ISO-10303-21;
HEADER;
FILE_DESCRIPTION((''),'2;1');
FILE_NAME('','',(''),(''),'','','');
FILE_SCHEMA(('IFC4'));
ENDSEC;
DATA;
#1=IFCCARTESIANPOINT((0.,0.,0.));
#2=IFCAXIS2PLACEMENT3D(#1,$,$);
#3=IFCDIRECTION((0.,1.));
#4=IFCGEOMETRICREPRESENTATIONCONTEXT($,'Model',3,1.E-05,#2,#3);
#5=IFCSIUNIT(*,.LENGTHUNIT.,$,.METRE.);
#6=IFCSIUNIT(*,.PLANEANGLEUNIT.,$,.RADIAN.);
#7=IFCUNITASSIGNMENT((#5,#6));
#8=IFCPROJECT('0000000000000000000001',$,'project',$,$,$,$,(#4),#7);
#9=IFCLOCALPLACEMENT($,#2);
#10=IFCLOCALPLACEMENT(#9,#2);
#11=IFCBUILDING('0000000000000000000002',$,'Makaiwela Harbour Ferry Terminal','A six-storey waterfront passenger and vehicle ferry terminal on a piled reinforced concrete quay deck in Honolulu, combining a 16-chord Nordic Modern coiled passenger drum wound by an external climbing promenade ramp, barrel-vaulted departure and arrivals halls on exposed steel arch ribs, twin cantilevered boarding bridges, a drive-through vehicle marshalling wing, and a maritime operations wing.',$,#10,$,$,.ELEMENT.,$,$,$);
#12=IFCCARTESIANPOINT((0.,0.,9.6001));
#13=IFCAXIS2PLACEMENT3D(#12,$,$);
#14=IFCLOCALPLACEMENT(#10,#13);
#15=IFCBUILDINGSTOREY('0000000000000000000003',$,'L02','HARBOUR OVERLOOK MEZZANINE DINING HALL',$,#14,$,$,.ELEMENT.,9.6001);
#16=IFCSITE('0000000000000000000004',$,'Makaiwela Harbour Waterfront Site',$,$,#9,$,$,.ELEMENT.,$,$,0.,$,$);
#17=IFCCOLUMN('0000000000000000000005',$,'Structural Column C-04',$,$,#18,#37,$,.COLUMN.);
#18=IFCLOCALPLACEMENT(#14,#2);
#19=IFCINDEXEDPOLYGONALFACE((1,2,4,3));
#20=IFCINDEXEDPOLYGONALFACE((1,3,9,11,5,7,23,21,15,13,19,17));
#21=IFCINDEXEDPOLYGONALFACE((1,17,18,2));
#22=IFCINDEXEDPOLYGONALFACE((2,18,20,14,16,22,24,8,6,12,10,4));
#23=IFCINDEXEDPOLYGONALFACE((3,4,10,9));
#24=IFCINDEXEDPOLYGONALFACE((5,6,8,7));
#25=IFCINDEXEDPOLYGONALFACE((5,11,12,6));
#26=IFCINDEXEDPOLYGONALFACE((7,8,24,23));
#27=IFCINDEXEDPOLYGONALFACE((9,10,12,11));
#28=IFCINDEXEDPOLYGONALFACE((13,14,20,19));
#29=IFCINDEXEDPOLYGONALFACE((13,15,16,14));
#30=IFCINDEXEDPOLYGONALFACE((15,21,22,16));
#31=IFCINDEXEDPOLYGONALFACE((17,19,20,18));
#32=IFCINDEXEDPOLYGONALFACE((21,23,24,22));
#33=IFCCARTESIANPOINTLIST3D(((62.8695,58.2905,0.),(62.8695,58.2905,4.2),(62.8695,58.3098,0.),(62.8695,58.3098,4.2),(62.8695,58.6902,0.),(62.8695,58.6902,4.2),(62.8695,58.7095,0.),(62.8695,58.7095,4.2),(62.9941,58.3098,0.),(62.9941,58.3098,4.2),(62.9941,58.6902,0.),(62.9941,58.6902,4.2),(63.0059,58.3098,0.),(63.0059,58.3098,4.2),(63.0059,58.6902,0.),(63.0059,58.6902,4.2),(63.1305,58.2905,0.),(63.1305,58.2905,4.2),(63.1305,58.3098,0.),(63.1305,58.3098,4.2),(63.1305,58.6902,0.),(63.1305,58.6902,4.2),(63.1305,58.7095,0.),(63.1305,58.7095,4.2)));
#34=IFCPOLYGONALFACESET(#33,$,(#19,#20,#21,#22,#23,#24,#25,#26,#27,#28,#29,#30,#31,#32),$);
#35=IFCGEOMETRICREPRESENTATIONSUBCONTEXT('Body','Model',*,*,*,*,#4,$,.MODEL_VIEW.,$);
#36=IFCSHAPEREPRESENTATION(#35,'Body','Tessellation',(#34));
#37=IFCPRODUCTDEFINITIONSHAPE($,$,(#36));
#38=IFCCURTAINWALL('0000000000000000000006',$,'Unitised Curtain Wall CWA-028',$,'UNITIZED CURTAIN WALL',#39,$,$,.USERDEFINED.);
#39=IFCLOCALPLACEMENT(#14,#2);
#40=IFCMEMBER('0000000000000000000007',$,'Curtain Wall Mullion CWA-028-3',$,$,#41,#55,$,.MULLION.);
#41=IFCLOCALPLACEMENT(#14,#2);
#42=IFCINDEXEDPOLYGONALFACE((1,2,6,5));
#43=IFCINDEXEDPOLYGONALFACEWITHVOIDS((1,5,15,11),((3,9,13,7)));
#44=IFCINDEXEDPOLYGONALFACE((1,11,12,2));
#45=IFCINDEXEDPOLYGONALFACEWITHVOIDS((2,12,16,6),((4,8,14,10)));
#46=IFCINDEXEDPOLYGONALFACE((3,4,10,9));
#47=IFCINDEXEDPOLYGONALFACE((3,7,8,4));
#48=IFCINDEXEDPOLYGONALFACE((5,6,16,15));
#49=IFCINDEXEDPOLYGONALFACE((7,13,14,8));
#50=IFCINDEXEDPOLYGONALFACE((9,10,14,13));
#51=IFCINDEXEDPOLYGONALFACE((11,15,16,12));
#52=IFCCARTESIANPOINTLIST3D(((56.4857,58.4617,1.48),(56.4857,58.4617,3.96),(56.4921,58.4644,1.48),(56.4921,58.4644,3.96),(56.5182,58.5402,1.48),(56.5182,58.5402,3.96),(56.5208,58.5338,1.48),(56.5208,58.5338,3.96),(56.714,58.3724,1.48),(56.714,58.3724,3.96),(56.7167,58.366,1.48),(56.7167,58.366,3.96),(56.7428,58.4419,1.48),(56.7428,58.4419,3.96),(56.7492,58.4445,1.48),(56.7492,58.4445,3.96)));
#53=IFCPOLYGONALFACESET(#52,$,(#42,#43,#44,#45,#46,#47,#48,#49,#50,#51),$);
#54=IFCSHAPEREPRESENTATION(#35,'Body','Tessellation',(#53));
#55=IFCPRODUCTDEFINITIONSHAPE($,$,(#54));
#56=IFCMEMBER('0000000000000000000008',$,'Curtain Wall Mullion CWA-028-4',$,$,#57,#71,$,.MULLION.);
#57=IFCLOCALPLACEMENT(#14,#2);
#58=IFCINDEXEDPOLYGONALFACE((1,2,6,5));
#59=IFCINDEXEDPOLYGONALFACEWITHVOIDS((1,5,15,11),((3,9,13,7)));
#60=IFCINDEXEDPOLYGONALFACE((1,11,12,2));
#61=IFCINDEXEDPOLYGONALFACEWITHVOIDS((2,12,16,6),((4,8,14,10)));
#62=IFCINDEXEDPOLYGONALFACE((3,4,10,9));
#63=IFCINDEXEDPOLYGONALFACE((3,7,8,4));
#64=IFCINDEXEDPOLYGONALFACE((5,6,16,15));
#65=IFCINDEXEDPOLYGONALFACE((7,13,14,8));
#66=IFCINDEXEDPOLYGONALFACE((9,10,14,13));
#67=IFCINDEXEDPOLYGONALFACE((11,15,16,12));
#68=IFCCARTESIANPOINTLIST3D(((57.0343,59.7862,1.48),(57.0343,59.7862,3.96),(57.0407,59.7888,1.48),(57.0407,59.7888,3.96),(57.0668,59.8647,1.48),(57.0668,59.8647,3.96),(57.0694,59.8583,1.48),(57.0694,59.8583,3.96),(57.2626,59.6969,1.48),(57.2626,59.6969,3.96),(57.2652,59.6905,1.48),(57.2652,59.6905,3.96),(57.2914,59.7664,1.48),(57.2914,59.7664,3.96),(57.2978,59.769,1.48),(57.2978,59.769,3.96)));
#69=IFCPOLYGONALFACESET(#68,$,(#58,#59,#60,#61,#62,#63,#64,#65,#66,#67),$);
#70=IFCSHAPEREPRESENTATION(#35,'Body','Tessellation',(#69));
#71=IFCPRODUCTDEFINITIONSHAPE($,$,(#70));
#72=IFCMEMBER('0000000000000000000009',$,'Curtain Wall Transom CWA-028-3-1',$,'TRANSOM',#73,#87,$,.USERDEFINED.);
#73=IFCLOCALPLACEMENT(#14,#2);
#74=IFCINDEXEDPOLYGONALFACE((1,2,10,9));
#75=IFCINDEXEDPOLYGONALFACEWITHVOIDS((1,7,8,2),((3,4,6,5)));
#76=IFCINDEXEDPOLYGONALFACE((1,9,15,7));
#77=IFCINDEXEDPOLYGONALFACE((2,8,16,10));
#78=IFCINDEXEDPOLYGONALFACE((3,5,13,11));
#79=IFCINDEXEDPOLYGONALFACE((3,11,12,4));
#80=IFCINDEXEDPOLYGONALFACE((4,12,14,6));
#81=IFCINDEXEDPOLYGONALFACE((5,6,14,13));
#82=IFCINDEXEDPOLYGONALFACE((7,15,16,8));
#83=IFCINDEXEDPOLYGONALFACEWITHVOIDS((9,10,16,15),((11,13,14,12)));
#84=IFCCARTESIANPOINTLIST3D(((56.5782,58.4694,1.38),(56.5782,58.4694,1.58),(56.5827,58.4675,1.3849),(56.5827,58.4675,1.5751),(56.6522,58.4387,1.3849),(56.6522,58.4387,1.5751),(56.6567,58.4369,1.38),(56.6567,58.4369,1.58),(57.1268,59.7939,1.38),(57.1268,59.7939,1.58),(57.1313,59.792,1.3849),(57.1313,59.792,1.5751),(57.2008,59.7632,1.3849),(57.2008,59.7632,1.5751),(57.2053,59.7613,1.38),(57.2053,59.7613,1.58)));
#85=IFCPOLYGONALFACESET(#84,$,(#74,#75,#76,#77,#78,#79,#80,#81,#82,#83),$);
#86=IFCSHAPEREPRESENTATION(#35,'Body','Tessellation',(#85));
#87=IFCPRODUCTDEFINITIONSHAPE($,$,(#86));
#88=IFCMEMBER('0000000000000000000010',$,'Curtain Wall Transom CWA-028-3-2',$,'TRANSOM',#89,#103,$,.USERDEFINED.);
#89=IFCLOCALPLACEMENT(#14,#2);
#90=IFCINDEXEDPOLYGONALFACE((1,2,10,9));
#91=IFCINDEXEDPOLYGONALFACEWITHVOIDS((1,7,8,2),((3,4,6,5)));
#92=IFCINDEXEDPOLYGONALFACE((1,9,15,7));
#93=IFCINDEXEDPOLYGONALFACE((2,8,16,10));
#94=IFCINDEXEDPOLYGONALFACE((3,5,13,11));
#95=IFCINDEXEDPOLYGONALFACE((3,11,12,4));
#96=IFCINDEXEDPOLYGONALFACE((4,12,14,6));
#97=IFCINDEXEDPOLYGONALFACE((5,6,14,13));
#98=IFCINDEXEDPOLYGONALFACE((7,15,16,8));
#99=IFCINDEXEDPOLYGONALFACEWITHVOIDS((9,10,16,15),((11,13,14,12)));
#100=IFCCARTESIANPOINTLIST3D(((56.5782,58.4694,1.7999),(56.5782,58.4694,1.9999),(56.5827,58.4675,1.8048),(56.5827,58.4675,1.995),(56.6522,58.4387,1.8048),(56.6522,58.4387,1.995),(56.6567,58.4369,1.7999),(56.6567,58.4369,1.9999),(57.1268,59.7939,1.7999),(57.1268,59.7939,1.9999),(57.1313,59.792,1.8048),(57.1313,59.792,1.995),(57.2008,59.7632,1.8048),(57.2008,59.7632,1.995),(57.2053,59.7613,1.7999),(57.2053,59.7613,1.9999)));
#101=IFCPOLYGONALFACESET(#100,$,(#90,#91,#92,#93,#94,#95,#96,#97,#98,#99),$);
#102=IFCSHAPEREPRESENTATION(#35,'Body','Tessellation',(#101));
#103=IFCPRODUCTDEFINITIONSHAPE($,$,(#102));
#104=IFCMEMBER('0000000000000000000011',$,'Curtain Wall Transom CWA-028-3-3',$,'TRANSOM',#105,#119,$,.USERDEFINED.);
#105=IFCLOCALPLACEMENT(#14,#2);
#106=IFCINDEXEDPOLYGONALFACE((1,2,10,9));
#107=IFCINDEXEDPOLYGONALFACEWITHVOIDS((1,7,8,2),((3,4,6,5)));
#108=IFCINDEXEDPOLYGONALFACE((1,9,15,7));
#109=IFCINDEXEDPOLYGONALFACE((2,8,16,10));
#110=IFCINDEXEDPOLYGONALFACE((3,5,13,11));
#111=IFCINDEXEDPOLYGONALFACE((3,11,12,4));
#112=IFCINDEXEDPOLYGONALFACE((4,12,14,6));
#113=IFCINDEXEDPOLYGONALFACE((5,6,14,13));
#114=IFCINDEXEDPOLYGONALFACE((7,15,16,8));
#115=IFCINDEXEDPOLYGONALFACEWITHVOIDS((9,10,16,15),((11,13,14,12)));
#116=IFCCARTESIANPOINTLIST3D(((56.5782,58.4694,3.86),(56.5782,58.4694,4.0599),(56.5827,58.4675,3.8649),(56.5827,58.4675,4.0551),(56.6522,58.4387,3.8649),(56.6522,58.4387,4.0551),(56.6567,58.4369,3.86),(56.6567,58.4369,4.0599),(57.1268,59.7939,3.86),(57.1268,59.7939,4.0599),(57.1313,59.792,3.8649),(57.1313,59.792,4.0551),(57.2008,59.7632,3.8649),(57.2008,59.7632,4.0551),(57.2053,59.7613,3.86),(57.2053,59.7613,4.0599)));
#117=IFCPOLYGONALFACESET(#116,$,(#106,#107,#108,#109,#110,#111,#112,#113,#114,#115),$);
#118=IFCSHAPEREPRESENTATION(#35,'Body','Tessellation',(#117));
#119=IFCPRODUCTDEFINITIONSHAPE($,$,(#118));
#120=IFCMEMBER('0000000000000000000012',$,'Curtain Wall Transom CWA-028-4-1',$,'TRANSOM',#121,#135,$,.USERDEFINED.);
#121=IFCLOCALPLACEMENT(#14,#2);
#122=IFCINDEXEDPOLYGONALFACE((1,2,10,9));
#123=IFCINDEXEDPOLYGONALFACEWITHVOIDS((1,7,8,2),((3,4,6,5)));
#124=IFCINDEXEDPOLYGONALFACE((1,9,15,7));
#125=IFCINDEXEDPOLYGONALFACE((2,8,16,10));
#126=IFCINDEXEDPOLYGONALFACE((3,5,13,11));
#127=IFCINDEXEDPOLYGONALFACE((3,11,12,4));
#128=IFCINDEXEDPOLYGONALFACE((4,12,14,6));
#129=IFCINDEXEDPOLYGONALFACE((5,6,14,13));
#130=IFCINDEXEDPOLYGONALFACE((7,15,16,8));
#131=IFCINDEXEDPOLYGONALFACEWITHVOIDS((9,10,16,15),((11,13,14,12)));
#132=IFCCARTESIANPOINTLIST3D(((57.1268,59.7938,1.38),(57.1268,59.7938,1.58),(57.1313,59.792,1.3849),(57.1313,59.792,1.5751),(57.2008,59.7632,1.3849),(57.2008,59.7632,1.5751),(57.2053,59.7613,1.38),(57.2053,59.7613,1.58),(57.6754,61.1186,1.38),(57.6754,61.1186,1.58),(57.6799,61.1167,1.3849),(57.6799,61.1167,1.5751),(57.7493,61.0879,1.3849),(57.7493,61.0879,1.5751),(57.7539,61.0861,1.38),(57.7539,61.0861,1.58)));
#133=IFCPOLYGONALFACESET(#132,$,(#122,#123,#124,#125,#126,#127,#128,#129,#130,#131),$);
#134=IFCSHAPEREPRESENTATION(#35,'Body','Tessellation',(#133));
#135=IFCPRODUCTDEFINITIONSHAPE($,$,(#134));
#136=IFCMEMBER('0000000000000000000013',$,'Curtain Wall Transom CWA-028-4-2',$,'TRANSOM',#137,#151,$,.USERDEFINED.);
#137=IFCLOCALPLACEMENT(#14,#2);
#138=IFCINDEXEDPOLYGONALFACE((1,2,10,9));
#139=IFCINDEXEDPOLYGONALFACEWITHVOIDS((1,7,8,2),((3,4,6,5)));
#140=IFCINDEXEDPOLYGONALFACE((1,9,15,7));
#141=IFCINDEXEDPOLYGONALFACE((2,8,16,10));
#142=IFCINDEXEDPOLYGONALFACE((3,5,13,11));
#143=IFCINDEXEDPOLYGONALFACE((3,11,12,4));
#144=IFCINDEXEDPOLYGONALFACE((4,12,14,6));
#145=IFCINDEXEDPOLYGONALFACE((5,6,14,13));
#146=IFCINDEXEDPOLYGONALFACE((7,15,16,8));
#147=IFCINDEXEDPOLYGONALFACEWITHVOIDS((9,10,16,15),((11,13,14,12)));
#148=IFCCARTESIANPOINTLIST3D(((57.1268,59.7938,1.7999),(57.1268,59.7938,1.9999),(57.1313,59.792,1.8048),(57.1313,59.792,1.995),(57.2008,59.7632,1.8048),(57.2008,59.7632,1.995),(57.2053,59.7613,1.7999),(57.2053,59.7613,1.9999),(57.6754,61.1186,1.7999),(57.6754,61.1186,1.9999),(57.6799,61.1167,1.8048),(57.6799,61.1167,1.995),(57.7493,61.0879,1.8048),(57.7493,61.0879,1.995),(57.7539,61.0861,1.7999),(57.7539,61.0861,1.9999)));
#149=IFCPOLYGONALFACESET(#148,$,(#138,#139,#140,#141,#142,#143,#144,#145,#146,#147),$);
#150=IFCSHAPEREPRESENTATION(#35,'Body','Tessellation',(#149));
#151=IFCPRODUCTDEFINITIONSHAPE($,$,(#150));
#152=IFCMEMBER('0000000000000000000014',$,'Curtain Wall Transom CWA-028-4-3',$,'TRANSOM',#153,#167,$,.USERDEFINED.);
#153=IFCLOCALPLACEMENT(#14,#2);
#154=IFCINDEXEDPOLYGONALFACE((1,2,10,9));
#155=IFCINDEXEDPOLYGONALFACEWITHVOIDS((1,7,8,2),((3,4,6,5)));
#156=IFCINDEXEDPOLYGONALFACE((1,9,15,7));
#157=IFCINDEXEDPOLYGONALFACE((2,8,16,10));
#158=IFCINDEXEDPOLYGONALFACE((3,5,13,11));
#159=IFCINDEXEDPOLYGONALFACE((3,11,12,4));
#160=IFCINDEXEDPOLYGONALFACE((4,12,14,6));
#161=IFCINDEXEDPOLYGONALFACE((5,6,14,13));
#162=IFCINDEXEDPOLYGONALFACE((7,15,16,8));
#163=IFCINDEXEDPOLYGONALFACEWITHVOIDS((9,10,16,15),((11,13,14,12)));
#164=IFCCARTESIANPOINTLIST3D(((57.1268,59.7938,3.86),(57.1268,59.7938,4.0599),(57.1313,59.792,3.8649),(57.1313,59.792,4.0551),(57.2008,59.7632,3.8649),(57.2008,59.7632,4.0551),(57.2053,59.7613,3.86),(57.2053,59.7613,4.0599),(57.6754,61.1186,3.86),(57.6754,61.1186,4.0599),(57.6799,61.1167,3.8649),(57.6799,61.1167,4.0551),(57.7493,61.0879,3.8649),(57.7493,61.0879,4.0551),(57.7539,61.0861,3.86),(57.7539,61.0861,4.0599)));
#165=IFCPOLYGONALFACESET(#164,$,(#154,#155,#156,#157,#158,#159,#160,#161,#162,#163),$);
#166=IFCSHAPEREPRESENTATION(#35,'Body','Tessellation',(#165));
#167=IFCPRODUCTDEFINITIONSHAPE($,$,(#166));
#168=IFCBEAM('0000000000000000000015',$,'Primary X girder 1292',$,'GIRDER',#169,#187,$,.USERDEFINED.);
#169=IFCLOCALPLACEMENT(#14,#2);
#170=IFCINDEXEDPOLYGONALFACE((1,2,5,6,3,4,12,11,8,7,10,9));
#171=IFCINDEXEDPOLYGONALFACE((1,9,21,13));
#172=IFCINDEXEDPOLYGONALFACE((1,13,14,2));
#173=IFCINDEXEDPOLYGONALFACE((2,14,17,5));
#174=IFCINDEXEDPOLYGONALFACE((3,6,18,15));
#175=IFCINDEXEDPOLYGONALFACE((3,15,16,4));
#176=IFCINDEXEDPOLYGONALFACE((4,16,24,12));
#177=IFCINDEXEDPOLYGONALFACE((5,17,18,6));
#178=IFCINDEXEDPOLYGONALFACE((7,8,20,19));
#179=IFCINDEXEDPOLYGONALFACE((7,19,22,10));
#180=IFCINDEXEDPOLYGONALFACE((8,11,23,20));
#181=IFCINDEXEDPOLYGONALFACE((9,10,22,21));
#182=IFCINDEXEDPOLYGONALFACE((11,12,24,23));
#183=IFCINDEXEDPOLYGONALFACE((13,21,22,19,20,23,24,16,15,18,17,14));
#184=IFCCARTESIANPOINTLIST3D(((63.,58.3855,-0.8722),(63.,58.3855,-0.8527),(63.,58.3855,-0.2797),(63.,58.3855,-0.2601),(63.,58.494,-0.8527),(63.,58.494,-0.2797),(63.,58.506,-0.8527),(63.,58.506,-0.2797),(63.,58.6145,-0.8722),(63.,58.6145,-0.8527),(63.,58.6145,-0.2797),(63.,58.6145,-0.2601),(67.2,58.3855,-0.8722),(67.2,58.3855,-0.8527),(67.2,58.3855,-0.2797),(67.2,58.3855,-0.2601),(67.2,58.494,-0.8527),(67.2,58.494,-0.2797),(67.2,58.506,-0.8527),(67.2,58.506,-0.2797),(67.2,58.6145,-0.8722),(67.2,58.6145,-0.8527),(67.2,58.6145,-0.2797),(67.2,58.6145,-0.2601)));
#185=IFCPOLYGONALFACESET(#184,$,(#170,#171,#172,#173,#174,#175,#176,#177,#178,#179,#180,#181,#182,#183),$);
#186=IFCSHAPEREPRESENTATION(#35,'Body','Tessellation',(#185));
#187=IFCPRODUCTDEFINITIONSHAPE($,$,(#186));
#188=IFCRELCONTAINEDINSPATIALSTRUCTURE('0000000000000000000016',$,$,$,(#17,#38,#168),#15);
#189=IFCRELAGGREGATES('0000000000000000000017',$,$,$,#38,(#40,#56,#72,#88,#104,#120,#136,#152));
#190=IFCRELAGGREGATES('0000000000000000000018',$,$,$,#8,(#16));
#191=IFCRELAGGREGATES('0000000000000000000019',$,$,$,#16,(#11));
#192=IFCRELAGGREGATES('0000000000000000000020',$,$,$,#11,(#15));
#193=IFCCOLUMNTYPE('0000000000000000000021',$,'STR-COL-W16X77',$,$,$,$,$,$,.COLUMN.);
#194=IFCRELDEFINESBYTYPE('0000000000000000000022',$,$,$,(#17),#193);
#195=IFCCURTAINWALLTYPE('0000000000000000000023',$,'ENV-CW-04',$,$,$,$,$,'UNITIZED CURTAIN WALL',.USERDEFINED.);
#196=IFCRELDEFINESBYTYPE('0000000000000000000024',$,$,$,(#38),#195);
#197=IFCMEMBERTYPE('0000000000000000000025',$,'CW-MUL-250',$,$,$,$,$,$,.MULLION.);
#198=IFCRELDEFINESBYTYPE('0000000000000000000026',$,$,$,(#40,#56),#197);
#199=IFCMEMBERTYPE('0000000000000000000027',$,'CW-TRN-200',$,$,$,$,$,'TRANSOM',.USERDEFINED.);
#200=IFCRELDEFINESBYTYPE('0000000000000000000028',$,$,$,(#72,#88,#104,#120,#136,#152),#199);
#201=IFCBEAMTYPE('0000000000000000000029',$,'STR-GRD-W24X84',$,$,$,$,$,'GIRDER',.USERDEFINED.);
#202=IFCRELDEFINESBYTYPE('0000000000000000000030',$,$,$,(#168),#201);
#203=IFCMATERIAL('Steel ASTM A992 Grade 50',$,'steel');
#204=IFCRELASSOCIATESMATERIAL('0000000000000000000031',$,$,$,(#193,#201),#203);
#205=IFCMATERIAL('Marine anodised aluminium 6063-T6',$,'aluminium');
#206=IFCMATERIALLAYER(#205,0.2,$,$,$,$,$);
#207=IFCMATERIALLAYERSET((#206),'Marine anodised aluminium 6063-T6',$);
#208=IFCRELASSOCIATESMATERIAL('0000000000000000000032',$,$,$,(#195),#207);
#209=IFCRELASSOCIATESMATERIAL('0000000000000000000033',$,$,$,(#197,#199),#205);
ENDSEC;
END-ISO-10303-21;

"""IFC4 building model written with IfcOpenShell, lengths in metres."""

from ifc_helpers import new_model, si_unit, direction, frame, origin, origin_2d, place, context, subcontext, project, spatial, hollow_rectangle, i_section, extrude, material, layer, layer_set, material_profile, profile_set, type_object, element, aggregate, save


model = new_model("IFC4")

# Units and contexts
model_context = context("Model", 3, precision=1e-05, world=origin(), true_north=direction((0.0, 1.0)))
body_context = subcontext(model_context, "Body", "Model", "MODEL_VIEW")
ifc_project = project(units=[si_unit("LENGTHUNIT", "METRE"), si_unit("PLANEANGLEUNIT", "RADIAN")], contexts=[model_context])

# Site, building, storey
site_placement = place(None, origin())
site = spatial("IfcSite", under=ifc_project, at=site_placement, Name="Makaiwela Harbour Waterfront Site", CompositionType="ELEMENT", RefElevation=0.0)
building_placement = place(site_placement, origin())
building = spatial("IfcBuilding", under=site, at=building_placement, Name="Makaiwela Harbour Ferry Terminal", Description="A six-storey waterfront passenger and vehicle ferry terminal on a piled reinforced concrete quay deck in Honolulu, combining a 16-chord Nordic Modern coiled passenger drum wound by an external climbing promenade ramp, barrel-vaulted departure and arrivals halls on exposed steel arch ribs, twin cantilevered boarding bridges, a drive-through vehicle marshalling wing, and a maritime operations wing.", CompositionType="ELEMENT")
storey_placement = place(building_placement, frame((0.0, 0.0, 9.6001)))
storey = spatial("IfcBuildingStorey", under=building, at=storey_placement, Name="L02", Description="HARBOUR OVERLOOK MEZZANINE DINING HALL", CompositionType="ELEMENT", Elevation=9.6001)

# Column
ifc_material_1 = material(Name="Steel ASTM A992 Grade 50", Category="steel")
ifc_material_profile_1 = material_profile(ifc_material_1, i_section(OverallWidth=0.261, OverallDepth=0.4189, WebThickness=0.0117, FlangeThickness=0.0193, at=origin_2d()), Name="W16X77")
ifc_profile_set_1 = profile_set([ifc_material_profile_1], Name="Steel ASTM A992 Grade 50")
column_type = type_object("IfcColumnType", Name="STR-COL-W16X77", PredefinedType="COLUMN", material=ifc_profile_set_1)
column_placement = place(storey_placement, frame((63.0, 58.5, 0.0), z_axis=(0.0, 0.0, 1.0), x_axis=(1.0, 0.0, 0.0)))
element("IfcColumn", 1, at=column_placement, inside=storey, type_object=column_type, Name="Structural Column C-04", PredefinedType="COLUMN", context=body_context, shape_type="SweptSolid", body=[
    extrude(i_section(OverallWidth=0.261, OverallDepth=0.4189, WebThickness=0.0117, FlangeThickness=0.0193, at=origin_2d()), origin(), (0.0, 0.0, 1.0), 4.2),
])

# Curtain wall, members
ifc_material_2 = material(Name="Marine anodised aluminium 6063-T6", Category="aluminium")
ifc_layer_1 = layer(ifc_material_2, 0.2)
ifc_layer_set_1 = layer_set([ifc_layer_1], Name="Marine anodised aluminium 6063-T6")
curtain_wall_type = type_object("IfcCurtainWallType", Name="ENV-CW-04", ElementType="UNITIZED CURTAIN WALL", PredefinedType="USERDEFINED", material=ifc_layer_set_1)
curtain_wall_placement = place(storey_placement, origin())
curtain_wall = element("IfcCurtainWall", 2, at=curtain_wall_placement, inside=storey, type_object=curtain_wall_type, Name="Unitised Curtain Wall CWA-028", ObjectType="UNITIZED CURTAIN WALL", PredefinedType="USERDEFINED")
ifc_material_profile_2 = material_profile(ifc_material_2, hollow_rectangle(XDim=0.085, YDim=0.25, WallThickness=0.0049, at=origin_2d()), Name="CWM-250X85")
ifc_profile_set_2 = profile_set([ifc_material_profile_2], Name="Marine anodised aluminium 6063-T6")
member_type_1 = type_object("IfcMemberType", Name="CW-MUL-250", PredefinedType="MULLION", material=ifc_profile_set_2)
member_1_placement = place(storey_placement, frame((56.6174, 58.4531, 1.48), z_axis=(0.0, 0.0, 1.0), x_axis=(0.382683, 0.92388, 0.0)))
member_1 = element("IfcMember", 3, at=member_1_placement, type_object=member_type_1, Name="Curtain Wall Mullion CWA-028-3", PredefinedType="MULLION", context=body_context, shape_type="SweptSolid", body=[
    extrude(hollow_rectangle(XDim=0.085, YDim=0.25, WallThickness=0.0049, at=origin_2d()), origin(), (0.0, 0.0, 1.0), 2.48),
])
member_2_placement = place(storey_placement, frame((57.166, 59.7776, 1.48), z_axis=(0.0, 0.0, 1.0), x_axis=(0.382683, 0.92388, 0.0)))
member_2 = element("IfcMember", 4, at=member_2_placement, type_object=member_type_1, Name="Curtain Wall Mullion CWA-028-4", PredefinedType="MULLION", context=body_context, shape_type="SweptSolid", body=[
    extrude(hollow_rectangle(XDim=0.085, YDim=0.25, WallThickness=0.0049, at=origin_2d()), origin(), (0.0, 0.0, 1.0), 2.48),
])
ifc_material_profile_3 = material_profile(ifc_material_2, hollow_rectangle(XDim=0.085, YDim=0.2, WallThickness=0.0049, at=origin_2d()), Name="CWT-200X85")
ifc_profile_set_3 = profile_set([ifc_material_profile_3], Name="Marine anodised aluminium 6063-T6")
member_type_2 = type_object("IfcMemberType", Name="CW-TRN-200", ElementType="TRANSOM", PredefinedType="USERDEFINED", material=ifc_profile_set_3)
member_3_placement = place(storey_placement, frame((56.6174, 58.4531, 1.48), z_axis=(0.382668, 0.923886, 0.0), x_axis=(-0.923886, 0.382668, 0.0)))
member_3 = element("IfcMember", 5, at=member_3_placement, type_object=member_type_2, Name="Curtain Wall Transom CWA-028-3-1", ObjectType="TRANSOM", PredefinedType="USERDEFINED", context=body_context, shape_type="SweptSolid", body=[
    extrude(hollow_rectangle(XDim=0.085, YDim=0.2, WallThickness=0.0049, at=origin_2d()), origin(), (0.0, 0.0, 1.0), 1.4336),
])
member_4_placement = place(storey_placement, frame((56.6174, 58.4531, 1.8999), z_axis=(0.382668, 0.923886, 0.0), x_axis=(-0.923886, 0.382668, 0.0)))
member_4 = element("IfcMember", 6, at=member_4_placement, type_object=member_type_2, Name="Curtain Wall Transom CWA-028-3-2", ObjectType="TRANSOM", PredefinedType="USERDEFINED", context=body_context, shape_type="SweptSolid", body=[
    extrude(hollow_rectangle(XDim=0.085, YDim=0.2, WallThickness=0.0049, at=origin_2d()), origin(), (0.0, 0.0, 1.0), 1.4336),
])
member_5_placement = place(storey_placement, frame((56.6174, 58.4531, 3.96), z_axis=(0.382668, 0.923886, 0.0), x_axis=(-0.923886, 0.382668, 0.0)))
member_5 = element("IfcMember", 7, at=member_5_placement, type_object=member_type_2, Name="Curtain Wall Transom CWA-028-3-3", ObjectType="TRANSOM", PredefinedType="USERDEFINED", context=body_context, shape_type="SweptSolid", body=[
    extrude(hollow_rectangle(XDim=0.085, YDim=0.2, WallThickness=0.0049, at=origin_2d()), origin(), (0.0, 0.0, 1.0), 1.4336),
])
member_6_placement = place(storey_placement, frame((57.166, 59.7776, 1.48), z_axis=(0.382607, 0.923911, 0.0), x_axis=(-0.923911, 0.382607, 0.0)))
member_6 = element("IfcMember", 8, at=member_6_placement, type_object=member_type_2, Name="Curtain Wall Transom CWA-028-4-1", ObjectType="TRANSOM", PredefinedType="USERDEFINED", context=body_context, shape_type="SweptSolid", body=[
    extrude(hollow_rectangle(XDim=0.085, YDim=0.2, WallThickness=0.0049, at=origin_2d()), origin(), (0.0, 0.0, 1.0), 1.4338),
])
member_7_placement = place(storey_placement, frame((57.166, 59.7776, 1.8999), z_axis=(0.382607, 0.923911, 0.0), x_axis=(-0.923911, 0.382607, 0.0)))
member_7 = element("IfcMember", 9, at=member_7_placement, type_object=member_type_2, Name="Curtain Wall Transom CWA-028-4-2", ObjectType="TRANSOM", PredefinedType="USERDEFINED", context=body_context, shape_type="SweptSolid", body=[
    extrude(hollow_rectangle(XDim=0.085, YDim=0.2, WallThickness=0.0049, at=origin_2d()), origin(), (0.0, 0.0, 1.0), 1.4338),
])
member_8_placement = place(storey_placement, frame((57.166, 59.7776, 3.96), z_axis=(0.382607, 0.923911, 0.0), x_axis=(-0.923911, 0.382607, 0.0)))
member_8 = element("IfcMember", 10, at=member_8_placement, type_object=member_type_2, Name="Curtain Wall Transom CWA-028-4-3", ObjectType="TRANSOM", PredefinedType="USERDEFINED", context=body_context, shape_type="SweptSolid", body=[
    extrude(hollow_rectangle(XDim=0.085, YDim=0.2, WallThickness=0.0049, at=origin_2d()), origin(), (0.0, 0.0, 1.0), 1.4338),
])

# Beam
ifc_material_profile_4 = material_profile(ifc_material_1, i_section(OverallWidth=0.229, OverallDepth=0.6121, WebThickness=0.012, FlangeThickness=0.0195, at=origin_2d()), Name="W24X84")
ifc_profile_set_4 = profile_set([ifc_material_profile_4], Name="Steel ASTM A992 Grade 50")
beam_type_1 = type_object("IfcBeamType", Name="STR-GRD-W24X84", ElementType="GIRDER", PredefinedType="USERDEFINED", material=ifc_profile_set_4)
beam_1_placement = place(storey_placement, frame((63.0, 58.5, -0.5662), z_axis=(1.0, 0.0, 0.0), x_axis=(0.0, 1.0, 0.0)))
element("IfcBeam", 11, at=beam_1_placement, inside=storey, type_object=beam_type_1, Name="Primary X girder 1292", ObjectType="GIRDER", PredefinedType="USERDEFINED", context=body_context, shape_type="SweptSolid", body=[
    extrude(i_section(OverallWidth=0.229, OverallDepth=0.6121, WebThickness=0.012, FlangeThickness=0.0195, at=origin_2d()), origin(), (0.0, 0.0, 1.0), 4.2),
])

aggregate(curtain_wall, [member_1, member_2, member_3, member_4, member_5, member_6, member_7, member_8])

save(model, "model.ifc")
